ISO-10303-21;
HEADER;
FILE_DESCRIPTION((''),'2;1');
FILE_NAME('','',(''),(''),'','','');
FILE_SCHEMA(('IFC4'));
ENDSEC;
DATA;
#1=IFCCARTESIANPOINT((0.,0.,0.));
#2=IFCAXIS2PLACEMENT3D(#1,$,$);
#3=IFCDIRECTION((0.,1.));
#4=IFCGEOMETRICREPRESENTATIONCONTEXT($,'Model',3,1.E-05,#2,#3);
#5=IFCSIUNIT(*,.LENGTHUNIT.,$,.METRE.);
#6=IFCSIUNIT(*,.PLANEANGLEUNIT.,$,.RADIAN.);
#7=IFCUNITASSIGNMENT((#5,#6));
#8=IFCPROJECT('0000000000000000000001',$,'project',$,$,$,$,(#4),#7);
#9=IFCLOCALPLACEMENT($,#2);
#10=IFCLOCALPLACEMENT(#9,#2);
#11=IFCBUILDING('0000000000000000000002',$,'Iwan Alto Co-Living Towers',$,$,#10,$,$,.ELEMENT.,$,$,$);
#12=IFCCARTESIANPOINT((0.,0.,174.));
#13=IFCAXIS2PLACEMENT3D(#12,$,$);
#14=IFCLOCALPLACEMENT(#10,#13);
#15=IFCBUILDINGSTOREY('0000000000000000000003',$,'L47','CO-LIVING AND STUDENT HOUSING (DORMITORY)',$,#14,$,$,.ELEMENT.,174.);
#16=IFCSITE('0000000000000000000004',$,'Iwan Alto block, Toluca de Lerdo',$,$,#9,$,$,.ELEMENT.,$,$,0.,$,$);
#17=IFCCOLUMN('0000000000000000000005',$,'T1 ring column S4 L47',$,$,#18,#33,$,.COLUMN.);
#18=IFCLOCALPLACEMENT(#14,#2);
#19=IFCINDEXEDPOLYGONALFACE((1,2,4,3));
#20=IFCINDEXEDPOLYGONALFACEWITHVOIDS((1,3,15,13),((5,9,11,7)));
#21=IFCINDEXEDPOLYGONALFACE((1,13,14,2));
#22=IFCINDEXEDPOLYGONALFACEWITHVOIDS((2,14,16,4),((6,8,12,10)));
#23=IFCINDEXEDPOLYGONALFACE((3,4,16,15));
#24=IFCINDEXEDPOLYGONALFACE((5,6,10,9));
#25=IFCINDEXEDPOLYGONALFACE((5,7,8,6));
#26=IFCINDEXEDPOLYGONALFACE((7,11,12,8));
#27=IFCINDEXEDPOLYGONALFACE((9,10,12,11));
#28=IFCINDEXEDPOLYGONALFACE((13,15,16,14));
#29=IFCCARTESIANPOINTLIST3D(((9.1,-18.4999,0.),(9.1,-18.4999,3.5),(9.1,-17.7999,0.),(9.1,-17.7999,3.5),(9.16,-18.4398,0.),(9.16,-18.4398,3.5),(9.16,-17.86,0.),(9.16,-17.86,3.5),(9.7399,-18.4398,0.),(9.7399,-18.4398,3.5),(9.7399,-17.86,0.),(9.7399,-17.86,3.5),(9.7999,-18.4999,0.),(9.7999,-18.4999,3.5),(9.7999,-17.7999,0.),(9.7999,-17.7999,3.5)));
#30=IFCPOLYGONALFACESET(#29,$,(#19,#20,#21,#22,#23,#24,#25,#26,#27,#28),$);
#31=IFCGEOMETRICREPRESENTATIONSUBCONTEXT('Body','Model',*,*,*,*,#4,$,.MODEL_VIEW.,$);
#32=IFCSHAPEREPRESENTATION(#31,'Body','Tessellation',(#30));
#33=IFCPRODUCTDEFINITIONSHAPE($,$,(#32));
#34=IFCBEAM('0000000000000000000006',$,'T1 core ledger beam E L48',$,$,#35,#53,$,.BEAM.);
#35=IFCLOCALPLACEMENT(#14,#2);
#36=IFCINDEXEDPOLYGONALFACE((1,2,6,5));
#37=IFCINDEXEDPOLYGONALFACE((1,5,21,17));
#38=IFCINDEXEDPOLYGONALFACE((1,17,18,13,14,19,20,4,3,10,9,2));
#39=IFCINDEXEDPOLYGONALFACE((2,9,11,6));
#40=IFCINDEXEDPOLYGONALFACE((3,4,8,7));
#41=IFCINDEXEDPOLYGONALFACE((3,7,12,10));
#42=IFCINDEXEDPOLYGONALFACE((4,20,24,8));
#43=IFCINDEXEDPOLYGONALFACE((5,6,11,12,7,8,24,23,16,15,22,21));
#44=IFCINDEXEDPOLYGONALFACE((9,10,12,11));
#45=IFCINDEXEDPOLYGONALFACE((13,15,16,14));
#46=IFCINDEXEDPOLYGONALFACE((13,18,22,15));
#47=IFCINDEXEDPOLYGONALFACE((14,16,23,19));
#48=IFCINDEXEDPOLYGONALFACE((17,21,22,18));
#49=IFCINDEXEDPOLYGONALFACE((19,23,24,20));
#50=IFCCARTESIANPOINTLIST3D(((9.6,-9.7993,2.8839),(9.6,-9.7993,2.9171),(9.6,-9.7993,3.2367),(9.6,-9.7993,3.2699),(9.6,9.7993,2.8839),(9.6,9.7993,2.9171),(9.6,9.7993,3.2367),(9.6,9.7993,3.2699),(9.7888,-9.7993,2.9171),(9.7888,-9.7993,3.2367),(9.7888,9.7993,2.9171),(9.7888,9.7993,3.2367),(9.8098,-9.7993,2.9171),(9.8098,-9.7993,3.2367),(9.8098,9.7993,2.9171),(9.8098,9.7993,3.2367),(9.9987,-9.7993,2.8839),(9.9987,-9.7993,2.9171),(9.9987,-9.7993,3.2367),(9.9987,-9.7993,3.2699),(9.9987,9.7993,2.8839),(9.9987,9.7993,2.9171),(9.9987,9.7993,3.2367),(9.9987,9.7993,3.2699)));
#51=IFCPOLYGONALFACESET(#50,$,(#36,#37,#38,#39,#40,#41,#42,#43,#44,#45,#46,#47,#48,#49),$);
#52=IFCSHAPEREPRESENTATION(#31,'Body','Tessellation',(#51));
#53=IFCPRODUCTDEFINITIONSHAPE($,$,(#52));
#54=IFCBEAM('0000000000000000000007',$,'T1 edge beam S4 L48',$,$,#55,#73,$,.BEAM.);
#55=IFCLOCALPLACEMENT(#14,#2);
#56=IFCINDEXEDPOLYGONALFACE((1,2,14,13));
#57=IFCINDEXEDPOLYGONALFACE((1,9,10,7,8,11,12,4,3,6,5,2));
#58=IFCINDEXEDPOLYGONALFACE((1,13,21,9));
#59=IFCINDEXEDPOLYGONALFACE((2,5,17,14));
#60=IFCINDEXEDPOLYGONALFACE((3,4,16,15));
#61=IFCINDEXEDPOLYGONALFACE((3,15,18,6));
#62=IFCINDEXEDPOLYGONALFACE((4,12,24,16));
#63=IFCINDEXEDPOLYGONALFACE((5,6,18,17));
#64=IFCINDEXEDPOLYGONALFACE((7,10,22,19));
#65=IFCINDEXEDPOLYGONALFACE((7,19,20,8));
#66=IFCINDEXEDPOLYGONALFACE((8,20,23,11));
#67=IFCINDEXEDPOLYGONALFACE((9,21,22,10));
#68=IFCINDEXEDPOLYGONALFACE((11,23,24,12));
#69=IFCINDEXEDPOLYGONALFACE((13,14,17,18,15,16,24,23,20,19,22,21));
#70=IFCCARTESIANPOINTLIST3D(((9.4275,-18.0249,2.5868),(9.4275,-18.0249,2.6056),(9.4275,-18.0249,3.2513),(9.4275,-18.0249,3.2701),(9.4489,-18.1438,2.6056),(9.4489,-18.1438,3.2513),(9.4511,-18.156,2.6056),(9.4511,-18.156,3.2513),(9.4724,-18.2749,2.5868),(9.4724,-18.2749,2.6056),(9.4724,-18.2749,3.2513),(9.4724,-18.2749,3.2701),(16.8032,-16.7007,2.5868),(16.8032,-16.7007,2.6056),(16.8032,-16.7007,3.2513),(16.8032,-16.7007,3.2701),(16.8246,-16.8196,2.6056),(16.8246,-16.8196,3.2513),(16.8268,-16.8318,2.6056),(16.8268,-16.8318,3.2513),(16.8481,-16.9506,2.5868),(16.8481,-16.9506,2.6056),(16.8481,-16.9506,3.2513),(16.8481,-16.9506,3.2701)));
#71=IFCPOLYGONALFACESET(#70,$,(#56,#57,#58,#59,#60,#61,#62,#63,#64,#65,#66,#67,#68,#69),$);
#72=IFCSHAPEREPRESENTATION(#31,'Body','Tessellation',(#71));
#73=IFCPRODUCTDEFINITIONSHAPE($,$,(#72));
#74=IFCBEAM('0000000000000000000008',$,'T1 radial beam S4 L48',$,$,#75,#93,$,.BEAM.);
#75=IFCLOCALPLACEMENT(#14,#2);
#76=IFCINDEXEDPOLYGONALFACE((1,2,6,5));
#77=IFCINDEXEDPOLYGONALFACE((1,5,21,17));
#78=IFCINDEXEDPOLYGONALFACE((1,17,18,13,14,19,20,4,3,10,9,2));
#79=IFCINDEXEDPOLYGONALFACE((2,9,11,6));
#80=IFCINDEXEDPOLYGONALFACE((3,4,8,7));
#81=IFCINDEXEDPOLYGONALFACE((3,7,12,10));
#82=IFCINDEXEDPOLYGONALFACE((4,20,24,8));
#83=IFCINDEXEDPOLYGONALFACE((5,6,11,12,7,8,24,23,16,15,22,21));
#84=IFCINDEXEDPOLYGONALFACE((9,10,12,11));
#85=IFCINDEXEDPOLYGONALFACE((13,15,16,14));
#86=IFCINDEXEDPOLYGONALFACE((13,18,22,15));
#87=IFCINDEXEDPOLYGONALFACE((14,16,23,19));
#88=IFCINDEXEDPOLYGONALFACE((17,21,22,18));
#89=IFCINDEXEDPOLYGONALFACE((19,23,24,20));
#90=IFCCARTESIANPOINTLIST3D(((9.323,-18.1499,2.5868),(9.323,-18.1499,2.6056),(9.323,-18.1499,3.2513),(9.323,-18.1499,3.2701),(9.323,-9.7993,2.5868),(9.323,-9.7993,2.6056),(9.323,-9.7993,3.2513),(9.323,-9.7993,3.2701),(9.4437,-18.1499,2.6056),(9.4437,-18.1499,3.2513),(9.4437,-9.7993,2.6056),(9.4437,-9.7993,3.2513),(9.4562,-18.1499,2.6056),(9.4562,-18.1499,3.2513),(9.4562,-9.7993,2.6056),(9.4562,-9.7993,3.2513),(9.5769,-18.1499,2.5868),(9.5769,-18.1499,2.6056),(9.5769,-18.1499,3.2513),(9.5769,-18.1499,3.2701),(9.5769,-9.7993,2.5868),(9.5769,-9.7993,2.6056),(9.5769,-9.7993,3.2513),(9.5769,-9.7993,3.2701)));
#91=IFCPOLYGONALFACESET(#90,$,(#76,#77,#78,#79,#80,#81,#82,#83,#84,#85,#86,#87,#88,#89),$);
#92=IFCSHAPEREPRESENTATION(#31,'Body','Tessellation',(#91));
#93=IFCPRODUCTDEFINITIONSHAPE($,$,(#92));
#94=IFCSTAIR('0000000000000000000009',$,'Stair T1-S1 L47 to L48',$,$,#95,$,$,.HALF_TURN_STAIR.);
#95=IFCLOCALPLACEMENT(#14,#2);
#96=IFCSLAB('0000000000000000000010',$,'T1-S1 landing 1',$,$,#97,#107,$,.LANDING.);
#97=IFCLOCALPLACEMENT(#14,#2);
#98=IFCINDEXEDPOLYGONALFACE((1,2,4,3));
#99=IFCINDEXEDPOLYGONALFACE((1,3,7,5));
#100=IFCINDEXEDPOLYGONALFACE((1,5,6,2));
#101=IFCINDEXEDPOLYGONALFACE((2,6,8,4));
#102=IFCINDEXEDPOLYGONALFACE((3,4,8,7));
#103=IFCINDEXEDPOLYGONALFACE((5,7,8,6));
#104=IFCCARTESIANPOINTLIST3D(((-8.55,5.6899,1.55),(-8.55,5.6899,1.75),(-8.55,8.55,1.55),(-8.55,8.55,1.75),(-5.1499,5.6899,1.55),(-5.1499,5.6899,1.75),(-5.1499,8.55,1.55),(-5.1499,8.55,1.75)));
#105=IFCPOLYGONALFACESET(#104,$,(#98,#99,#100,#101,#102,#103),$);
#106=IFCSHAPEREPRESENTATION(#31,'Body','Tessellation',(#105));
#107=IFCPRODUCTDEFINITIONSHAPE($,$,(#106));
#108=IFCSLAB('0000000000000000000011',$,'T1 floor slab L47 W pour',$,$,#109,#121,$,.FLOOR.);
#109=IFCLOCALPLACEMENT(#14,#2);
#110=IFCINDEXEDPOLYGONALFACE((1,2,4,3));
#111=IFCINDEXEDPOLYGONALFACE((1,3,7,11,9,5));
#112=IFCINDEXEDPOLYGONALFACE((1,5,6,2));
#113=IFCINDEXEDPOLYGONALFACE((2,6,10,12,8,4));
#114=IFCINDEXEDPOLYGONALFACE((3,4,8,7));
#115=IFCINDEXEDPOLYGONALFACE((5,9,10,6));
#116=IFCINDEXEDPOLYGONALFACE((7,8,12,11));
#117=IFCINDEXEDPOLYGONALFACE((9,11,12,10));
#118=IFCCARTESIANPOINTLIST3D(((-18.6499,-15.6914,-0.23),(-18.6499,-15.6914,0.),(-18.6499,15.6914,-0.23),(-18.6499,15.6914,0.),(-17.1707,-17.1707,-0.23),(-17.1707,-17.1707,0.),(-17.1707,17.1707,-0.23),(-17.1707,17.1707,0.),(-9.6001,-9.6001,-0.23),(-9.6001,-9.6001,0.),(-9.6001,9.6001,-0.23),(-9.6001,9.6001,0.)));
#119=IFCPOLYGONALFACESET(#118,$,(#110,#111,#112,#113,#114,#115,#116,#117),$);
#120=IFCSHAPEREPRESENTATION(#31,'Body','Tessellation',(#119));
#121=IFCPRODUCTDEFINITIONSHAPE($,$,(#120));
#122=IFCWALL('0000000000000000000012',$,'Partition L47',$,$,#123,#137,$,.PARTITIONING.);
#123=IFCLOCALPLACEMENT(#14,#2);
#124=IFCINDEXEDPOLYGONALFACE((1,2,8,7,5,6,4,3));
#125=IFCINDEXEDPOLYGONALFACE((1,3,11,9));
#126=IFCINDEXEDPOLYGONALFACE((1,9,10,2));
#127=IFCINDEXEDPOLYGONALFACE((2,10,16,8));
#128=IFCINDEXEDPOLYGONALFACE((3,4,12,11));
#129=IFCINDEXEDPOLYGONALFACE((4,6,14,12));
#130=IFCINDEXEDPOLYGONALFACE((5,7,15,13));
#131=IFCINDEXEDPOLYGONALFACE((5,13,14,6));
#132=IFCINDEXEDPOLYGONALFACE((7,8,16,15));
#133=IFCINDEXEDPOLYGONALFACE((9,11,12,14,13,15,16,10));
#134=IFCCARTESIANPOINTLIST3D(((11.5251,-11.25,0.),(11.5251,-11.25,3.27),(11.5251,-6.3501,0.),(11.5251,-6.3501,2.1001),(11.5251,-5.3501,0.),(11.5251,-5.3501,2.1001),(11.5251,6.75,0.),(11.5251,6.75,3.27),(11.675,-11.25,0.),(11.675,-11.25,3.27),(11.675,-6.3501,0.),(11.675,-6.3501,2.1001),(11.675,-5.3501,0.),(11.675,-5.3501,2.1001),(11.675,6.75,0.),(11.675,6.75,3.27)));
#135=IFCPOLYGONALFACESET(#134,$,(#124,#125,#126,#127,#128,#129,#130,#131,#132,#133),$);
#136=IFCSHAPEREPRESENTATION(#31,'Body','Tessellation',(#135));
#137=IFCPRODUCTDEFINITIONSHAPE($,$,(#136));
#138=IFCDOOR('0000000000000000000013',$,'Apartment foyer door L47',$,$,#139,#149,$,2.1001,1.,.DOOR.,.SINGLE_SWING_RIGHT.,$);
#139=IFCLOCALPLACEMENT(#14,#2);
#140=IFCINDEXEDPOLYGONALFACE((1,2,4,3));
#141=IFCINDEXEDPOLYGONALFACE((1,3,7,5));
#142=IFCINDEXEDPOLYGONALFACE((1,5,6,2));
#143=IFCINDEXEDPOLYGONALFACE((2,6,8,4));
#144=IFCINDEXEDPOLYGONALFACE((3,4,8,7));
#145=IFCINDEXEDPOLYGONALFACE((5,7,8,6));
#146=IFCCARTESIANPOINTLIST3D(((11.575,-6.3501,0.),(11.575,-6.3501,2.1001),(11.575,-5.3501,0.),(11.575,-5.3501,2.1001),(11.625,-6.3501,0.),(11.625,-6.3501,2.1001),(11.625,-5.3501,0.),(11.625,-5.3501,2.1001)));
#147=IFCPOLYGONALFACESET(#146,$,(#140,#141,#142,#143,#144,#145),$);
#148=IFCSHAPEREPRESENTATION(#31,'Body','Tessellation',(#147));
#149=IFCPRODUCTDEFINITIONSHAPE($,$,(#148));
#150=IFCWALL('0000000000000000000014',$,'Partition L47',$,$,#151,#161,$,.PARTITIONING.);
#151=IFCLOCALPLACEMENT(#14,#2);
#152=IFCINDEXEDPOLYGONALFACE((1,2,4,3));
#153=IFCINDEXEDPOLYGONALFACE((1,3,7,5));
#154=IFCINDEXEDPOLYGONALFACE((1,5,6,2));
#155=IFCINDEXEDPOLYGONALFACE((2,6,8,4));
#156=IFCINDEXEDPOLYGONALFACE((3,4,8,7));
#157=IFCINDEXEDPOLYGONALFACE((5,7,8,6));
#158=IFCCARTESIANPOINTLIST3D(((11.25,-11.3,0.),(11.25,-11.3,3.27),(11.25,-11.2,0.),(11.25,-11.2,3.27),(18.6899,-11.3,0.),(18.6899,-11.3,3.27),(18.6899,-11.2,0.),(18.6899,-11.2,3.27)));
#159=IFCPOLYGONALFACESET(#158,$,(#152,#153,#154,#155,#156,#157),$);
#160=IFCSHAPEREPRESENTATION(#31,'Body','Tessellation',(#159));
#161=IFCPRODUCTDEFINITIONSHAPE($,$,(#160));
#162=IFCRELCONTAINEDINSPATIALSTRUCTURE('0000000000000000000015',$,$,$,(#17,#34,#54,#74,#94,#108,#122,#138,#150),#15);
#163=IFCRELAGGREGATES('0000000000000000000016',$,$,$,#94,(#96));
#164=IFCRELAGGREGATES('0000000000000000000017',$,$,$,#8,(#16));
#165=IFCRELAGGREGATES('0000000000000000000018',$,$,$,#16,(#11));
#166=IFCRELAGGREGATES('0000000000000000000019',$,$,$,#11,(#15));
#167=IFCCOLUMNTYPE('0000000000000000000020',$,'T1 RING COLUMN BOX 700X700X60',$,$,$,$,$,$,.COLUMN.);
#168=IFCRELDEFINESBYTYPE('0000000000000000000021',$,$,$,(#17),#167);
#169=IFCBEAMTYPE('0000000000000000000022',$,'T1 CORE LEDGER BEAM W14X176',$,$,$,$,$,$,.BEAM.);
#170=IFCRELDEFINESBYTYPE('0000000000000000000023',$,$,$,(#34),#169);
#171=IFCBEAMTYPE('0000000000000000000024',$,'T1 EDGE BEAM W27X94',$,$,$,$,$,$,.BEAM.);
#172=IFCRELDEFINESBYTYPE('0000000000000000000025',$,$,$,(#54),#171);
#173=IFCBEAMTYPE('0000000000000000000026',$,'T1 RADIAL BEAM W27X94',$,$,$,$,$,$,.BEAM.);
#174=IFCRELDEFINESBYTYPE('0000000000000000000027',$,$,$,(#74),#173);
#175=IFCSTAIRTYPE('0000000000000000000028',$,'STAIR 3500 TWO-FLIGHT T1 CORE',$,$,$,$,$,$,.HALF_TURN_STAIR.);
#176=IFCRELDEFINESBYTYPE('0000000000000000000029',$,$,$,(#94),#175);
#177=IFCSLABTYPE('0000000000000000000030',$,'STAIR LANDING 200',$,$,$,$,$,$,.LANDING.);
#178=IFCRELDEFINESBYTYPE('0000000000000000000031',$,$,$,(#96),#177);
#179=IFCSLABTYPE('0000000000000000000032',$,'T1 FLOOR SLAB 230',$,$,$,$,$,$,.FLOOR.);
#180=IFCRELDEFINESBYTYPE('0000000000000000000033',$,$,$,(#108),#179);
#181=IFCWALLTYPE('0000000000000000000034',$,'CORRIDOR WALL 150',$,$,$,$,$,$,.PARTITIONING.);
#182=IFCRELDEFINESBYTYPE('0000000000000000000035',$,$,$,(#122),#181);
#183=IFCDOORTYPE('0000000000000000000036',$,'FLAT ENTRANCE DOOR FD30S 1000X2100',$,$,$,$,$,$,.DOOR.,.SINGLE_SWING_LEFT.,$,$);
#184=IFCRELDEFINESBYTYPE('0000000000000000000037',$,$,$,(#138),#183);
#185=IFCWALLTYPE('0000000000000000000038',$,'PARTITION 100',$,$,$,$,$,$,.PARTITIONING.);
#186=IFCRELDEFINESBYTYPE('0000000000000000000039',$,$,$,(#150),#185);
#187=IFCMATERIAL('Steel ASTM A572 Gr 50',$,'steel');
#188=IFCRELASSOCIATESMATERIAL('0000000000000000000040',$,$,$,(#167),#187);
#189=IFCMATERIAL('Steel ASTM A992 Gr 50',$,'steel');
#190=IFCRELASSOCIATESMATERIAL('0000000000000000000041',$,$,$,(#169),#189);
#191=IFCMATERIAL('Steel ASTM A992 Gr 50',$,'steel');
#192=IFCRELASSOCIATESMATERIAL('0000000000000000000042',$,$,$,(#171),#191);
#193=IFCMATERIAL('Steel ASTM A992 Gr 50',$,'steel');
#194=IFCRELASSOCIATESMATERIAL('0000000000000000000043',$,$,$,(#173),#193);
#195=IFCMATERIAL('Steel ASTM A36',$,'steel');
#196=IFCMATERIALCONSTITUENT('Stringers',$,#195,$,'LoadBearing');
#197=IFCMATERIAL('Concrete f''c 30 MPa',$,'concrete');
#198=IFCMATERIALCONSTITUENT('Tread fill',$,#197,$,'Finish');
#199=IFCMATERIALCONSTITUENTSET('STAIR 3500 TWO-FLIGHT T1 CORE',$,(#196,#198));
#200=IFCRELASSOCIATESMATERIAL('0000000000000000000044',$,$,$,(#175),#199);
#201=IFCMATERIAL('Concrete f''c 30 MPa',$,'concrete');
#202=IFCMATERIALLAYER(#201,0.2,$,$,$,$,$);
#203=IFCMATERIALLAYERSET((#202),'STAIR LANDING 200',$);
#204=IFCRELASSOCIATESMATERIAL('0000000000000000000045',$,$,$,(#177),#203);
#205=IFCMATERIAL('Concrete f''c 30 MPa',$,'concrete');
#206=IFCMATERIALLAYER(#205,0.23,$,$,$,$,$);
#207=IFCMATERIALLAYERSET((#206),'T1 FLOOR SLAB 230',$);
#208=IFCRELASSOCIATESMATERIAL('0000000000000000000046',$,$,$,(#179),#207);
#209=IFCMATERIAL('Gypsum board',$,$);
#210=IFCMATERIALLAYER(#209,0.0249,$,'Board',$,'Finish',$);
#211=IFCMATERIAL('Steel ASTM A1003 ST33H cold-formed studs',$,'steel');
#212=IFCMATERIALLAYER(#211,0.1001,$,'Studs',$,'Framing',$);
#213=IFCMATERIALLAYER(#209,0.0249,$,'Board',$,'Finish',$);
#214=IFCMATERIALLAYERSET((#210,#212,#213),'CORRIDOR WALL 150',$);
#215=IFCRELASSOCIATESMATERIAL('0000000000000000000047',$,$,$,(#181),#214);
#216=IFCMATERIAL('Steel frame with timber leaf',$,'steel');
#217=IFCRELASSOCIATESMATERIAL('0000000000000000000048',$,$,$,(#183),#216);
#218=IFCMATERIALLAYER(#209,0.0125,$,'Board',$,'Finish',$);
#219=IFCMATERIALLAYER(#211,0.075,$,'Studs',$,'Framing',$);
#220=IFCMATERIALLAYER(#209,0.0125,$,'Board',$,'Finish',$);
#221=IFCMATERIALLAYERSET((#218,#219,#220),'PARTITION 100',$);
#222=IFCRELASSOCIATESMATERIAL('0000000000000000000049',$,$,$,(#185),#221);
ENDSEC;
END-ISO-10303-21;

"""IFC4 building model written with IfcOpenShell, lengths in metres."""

from ifc_helpers import new_model, si_unit, direction, frame, frame_2d, origin, origin_2d, place, context, subcontext, project, spatial, polyline, rectangle, hollow_rectangle, i_section, outline, extrude, material, layer, layer_set, constituent, constituent_set, material_profile, profile_set, type_object, element, fill, aggregate, save


model = new_model("IFC4")

# Units and contexts
model_context = context("Model", 3, precision=1e-05, world=origin(), true_north=direction((0.0, 1.0)))
body_context = subcontext(model_context, "Body", "Model", "MODEL_VIEW")
ifc_project = project(units=[si_unit("LENGTHUNIT", "METRE"), si_unit("PLANEANGLEUNIT", "RADIAN")], contexts=[model_context])

# Site, building, storey
site_placement = place(None, origin())
site = spatial("IfcSite", under=ifc_project, at=site_placement, Name="Iwan Alto block, Toluca de Lerdo", CompositionType="ELEMENT", RefElevation=0.0)
building_placement = place(site_placement, origin())
building = spatial("IfcBuilding", under=site, at=building_placement, Name="Iwan Alto Co-Living Towers", CompositionType="ELEMENT")
storey_placement = place(building_placement, frame((0.0, 0.0, 174.0)))
storey = spatial("IfcBuildingStorey", under=building, at=storey_placement, Name="L47", Description="CO-LIVING AND STUDENT HOUSING (DORMITORY)", CompositionType="ELEMENT", Elevation=174.0)

# Column
ifc_material_1 = material(Name="Steel ASTM A572 Gr 50", Category="steel")
ifc_material_profile_1 = material_profile(ifc_material_1, hollow_rectangle(XDim=0.7, YDim=0.7, WallThickness=0.0601, at=origin_2d()), Name="BOX 700X700X60")
ifc_profile_set_1 = profile_set([ifc_material_profile_1], Name="Steel ASTM A572 Gr 50")
column_type = type_object("IfcColumnType", Name="T1 RING COLUMN BOX 700X700X60", PredefinedType="COLUMN", material=ifc_profile_set_1)
column_placement = place(storey_placement, frame((9.45, -18.1499, 0.0), z_axis=(0.0, 0.0, 1.0), x_axis=(1.0, 0.0, 0.0)))
element("IfcColumn", 1, at=column_placement, inside=storey, type_object=column_type, Name="T1 ring column S4 L47", PredefinedType="COLUMN", context=body_context, shape_type="SweptSolid", body=[
    extrude(hollow_rectangle(XDim=0.7, YDim=0.7, WallThickness=0.0601, at=origin_2d()), origin(), (0.0, 0.0, 1.0), 3.5),
])

# Beams
ifc_material_2 = material(Name="Steel ASTM A992 Gr 50", Category="steel")
ifc_material_profile_2 = material_profile(ifc_material_2, i_section(OverallWidth=0.3987, OverallDepth=0.386, WebThickness=0.021, FlangeThickness=0.0332, at=origin_2d()), Name="W14X176")
ifc_profile_set_2 = profile_set([ifc_material_profile_2], Name="Steel ASTM A992 Gr 50")
beam_type_1 = type_object("IfcBeamType", Name="T1 CORE LEDGER BEAM W14X176", PredefinedType="BEAM", material=ifc_profile_set_2)
beam_1_placement = place(storey_placement, frame((9.7993, -9.7993, 3.0769), z_axis=(0.0, 1.0, 0.0), x_axis=(-1.0, 0.0, 0.0)))
element("IfcBeam", 2, at=beam_1_placement, inside=storey, type_object=beam_type_1, Name="T1 core ledger beam E L48", PredefinedType="BEAM", context=body_context, shape_type="SweptSolid", body=[
    extrude(i_section(OverallWidth=0.3987, OverallDepth=0.386, WebThickness=0.021, FlangeThickness=0.0332, at=origin_2d()), origin(), (0.0, 0.0, 1.0), 19.5986),
])
ifc_material_3 = material(Name="Steel ASTM A992 Gr 50", Category="steel")
ifc_material_profile_3 = material_profile(ifc_material_3, i_section(OverallWidth=0.2539, OverallDepth=0.6833, WebThickness=0.0125, FlangeThickness=0.0188, at=origin_2d()), Name="W27X94")
ifc_profile_set_3 = profile_set([ifc_material_profile_3], Name="Steel ASTM A992 Gr 50")
beam_type_2 = type_object("IfcBeamType", Name="T1 EDGE BEAM W27X94", PredefinedType="BEAM", material=ifc_profile_set_3)
beam_2_placement = place(storey_placement, frame((9.45, -18.1499, 2.9285), z_axis=(0.984263, 0.176712, 0.0), x_axis=(-0.176712, 0.984263, 0.0)))
element("IfcBeam", 3, at=beam_2_placement, inside=storey, type_object=beam_type_2, Name="T1 edge beam S4 L48", PredefinedType="BEAM", context=body_context, shape_type="SweptSolid", body=[
    extrude(i_section(OverallWidth=0.2539, OverallDepth=0.6833, WebThickness=0.0125, FlangeThickness=0.0188, at=origin_2d()), origin(), (0.0, 0.0, 1.0), 7.4937),
])
ifc_material_4 = material(Name="Steel ASTM A992 Gr 50", Category="steel")
ifc_material_profile_4 = material_profile(ifc_material_4, i_section(OverallWidth=0.2539, OverallDepth=0.6833, WebThickness=0.0125, FlangeThickness=0.0188, at=origin_2d()), Name="W27X94")
ifc_profile_set_4 = profile_set([ifc_material_profile_4], Name="Steel ASTM A992 Gr 50")
beam_type_3 = type_object("IfcBeamType", Name="T1 RADIAL BEAM W27X94", PredefinedType="BEAM", material=ifc_profile_set_4)
beam_3_placement = place(storey_placement, frame((9.45, -18.1499, 2.9285), z_axis=(0.0, 1.0, 0.0), x_axis=(-1.0, 0.0, 0.0)))
element("IfcBeam", 4, at=beam_3_placement, inside=storey, type_object=beam_type_3, Name="T1 radial beam S4 L48", PredefinedType="BEAM", context=body_context, shape_type="SweptSolid", body=[
    extrude(i_section(OverallWidth=0.2539, OverallDepth=0.6833, WebThickness=0.0125, FlangeThickness=0.0188, at=origin_2d()), origin(), (0.0, 0.0, 1.0), 8.3506),
])

# Stair, slab
ifc_material_5 = material(Name="Steel ASTM A36", Category="steel")
ifc_constituent_1 = constituent(ifc_material_5, Name="Stringers", Category="LoadBearing")
ifc_material_6 = material(Name="Concrete f'c 30 MPa", Category="concrete")
ifc_constituent_2 = constituent(ifc_material_6, Name="Tread fill", Category="Finish")
ifc_constituent_set_1 = constituent_set(constituents=[ifc_constituent_1, ifc_constituent_2], Name="STAIR 3500 TWO-FLIGHT T1 CORE")
stair_type = type_object("IfcStairType", Name="STAIR 3500 TWO-FLIGHT T1 CORE", PredefinedType="HALF_TURN_STAIR", material=ifc_constituent_set_1)
stair_1_placement = place(storey_placement, origin())
stair_1 = element("IfcStair", 5, at=stair_1_placement, inside=storey, type_object=stair_type, Name="Stair T1-S1 L47 to L48", PredefinedType="HALF_TURN_STAIR")
ifc_material_7 = material(Name="Concrete f'c 30 MPa", Category="concrete")
ifc_layer_1 = layer(ifc_material_7, 0.2)
ifc_layer_set_1 = layer_set([ifc_layer_1], Name="STAIR LANDING 200")
slab_type_1 = type_object("IfcSlabType", Name="STAIR LANDING 200", PredefinedType="LANDING", material=ifc_layer_set_1)
slab_1_placement = place(storey_placement, frame((0.0, 0.0, 1.55)))
slab_1 = element("IfcSlab", 6, at=slab_1_placement, type_object=slab_type_1, Name="T1-S1 landing 1", PredefinedType="LANDING", context=body_context, shape_type="SweptSolid", body=[
    extrude(outline(polyline([(-8.55, 5.6899), (-8.55, 8.55), (-5.1499, 8.55), (-5.1499, 5.6899), (-8.55, 5.6899)])), origin(), (0.0, 0.0, 1.0), 0.2),
])
aggregate(stair_1, [slab_1])

# Slab
ifc_material_8 = material(Name="Concrete f'c 30 MPa", Category="concrete")
ifc_layer_2 = layer(ifc_material_8, 0.23)
ifc_layer_set_2 = layer_set([ifc_layer_2], Name="T1 FLOOR SLAB 230")
slab_type_2 = type_object("IfcSlabType", Name="T1 FLOOR SLAB 230", PredefinedType="FLOOR", material=ifc_layer_set_2)
slab_2_placement = place(storey_placement, frame((0.0, 0.0, -0.23)))
element("IfcSlab", 7, at=slab_2_placement, inside=storey, type_object=slab_type_2, Name="T1 floor slab L47 W pour", PredefinedType="FLOOR", context=body_context, shape_type="SweptSolid", body=[
    extrude(outline(polyline([(-18.6499, 15.6914), (-17.1707, 17.1707), (-9.6001, 9.6001), (-9.6001, -9.6001), (-17.1707, -17.1707), (-18.6499, -15.6914), (-18.6499, 15.6914)])), origin(), (0.0, 0.0, 1.0), 0.23),
])

# Wall, opening, door
ifc_material_9 = material(Name="Gypsum board")
ifc_layer_3 = layer(ifc_material_9, 0.0249, Name="Board", Category="Finish")
ifc_material_10 = material(Name="Steel ASTM A1003 ST33H cold-formed studs", Category="steel")
ifc_layer_4 = layer(ifc_material_10, 0.1001, Name="Studs", Category="Framing")
ifc_layer_5 = layer(ifc_material_9, 0.0249, Name="Board", Category="Finish")
ifc_layer_set_3 = layer_set([ifc_layer_3, ifc_layer_4, ifc_layer_5], Name="CORRIDOR WALL 150")
wall_type_1 = type_object("IfcWallType", Name="CORRIDOR WALL 150", PredefinedType="PARTITIONING", material=ifc_layer_set_3)
wall_1_placement = place(storey_placement, frame((11.6001, -11.25, 0.0), z_axis=(0.0, 0.0, 1.0), x_axis=(0.0, 1.0, 0.0)))
wall_1 = element("IfcWall", 8, at=wall_1_placement, inside=storey, type_object=wall_type_1, Name="Partition L47", PredefinedType="PARTITIONING", context=body_context, shape_type="SweptSolid", body=[
    extrude(rectangle(XDim=18.0, YDim=0.1499, at=frame_2d((9.0, 0.0))), origin(), (0.0, 0.0, 1.0), 3.27),
])
opening_1_placement = place(wall_1_placement, frame((4.8999, 0.0, 0.0)))
opening_1 = element("IfcOpeningElement", 9, at=opening_1_placement, cuts=wall_1, PredefinedType="OPENING", context=body_context, shape_type="SweptSolid", body=[
    extrude(rectangle(XDim=1.0, YDim=2.1001, at=frame_2d((0.5, 1.05))), frame((0.0, 0.085, 0.0), z_axis=(0.0, -1.0, 0.0), x_axis=(1.0, 0.0, 0.0)), (0.0, 0.0, 1.0), 0.1699),
])
ifc_material_11 = material(Name="Steel frame with timber leaf", Category="steel")
door_type_1 = type_object("IfcDoorType", Name="FLAT ENTRANCE DOOR FD30S 1000X2100", OperationType="SINGLE_SWING_LEFT", PredefinedType="DOOR", material=ifc_material_11)
door_1_placement = place(opening_1_placement, frame((1.0, 0.0, 0.0), z_axis=(0.0, 0.0, 1.0), x_axis=(-1.0, 0.0, 0.0)))
door_1 = element("IfcDoor", 10, at=door_1_placement, inside=storey, type_object=door_type_1, Name="Apartment foyer door L47", OperationType="SINGLE_SWING_RIGHT", OverallHeight=2.1001, OverallWidth=1.0, PredefinedType="DOOR", context=body_context, shape_type="SweptSolid", body=[
    extrude(rectangle(XDim=1.0, YDim=2.1001, at=frame_2d((0.5, 1.05))), frame((0.0, 0.0249, 0.0), z_axis=(0.0, -1.0, 0.0), x_axis=(1.0, 0.0, 0.0)), (0.0, 0.0, 1.0), 0.05),
])
fill(opening_1, door_1)

# Wall
ifc_layer_6 = layer(ifc_material_9, 0.0125, Name="Board", Category="Finish")
ifc_layer_7 = layer(ifc_material_10, 0.075, Name="Studs", Category="Framing")
ifc_layer_8 = layer(ifc_material_9, 0.0125, Name="Board", Category="Finish")
ifc_layer_set_4 = layer_set([ifc_layer_6, ifc_layer_7, ifc_layer_8], Name="PARTITION 100")
wall_type_2 = type_object("IfcWallType", Name="PARTITION 100", PredefinedType="PARTITIONING", material=ifc_layer_set_4)
wall_2_placement = place(storey_placement, frame((11.25, -11.25, 0.0), z_axis=(0.0, 0.0, 1.0), x_axis=(1.0, 0.0, 0.0)))
element("IfcWall", 11, at=wall_2_placement, inside=storey, type_object=wall_type_2, Name="Partition L47", PredefinedType="PARTITIONING", context=body_context, shape_type="SweptSolid", body=[
    extrude(rectangle(XDim=7.4399, YDim=0.1001, at=frame_2d((3.72, 0.0))), origin(), (0.0, 0.0, 1.0), 3.27),
])

save(model, "model.ifc")
